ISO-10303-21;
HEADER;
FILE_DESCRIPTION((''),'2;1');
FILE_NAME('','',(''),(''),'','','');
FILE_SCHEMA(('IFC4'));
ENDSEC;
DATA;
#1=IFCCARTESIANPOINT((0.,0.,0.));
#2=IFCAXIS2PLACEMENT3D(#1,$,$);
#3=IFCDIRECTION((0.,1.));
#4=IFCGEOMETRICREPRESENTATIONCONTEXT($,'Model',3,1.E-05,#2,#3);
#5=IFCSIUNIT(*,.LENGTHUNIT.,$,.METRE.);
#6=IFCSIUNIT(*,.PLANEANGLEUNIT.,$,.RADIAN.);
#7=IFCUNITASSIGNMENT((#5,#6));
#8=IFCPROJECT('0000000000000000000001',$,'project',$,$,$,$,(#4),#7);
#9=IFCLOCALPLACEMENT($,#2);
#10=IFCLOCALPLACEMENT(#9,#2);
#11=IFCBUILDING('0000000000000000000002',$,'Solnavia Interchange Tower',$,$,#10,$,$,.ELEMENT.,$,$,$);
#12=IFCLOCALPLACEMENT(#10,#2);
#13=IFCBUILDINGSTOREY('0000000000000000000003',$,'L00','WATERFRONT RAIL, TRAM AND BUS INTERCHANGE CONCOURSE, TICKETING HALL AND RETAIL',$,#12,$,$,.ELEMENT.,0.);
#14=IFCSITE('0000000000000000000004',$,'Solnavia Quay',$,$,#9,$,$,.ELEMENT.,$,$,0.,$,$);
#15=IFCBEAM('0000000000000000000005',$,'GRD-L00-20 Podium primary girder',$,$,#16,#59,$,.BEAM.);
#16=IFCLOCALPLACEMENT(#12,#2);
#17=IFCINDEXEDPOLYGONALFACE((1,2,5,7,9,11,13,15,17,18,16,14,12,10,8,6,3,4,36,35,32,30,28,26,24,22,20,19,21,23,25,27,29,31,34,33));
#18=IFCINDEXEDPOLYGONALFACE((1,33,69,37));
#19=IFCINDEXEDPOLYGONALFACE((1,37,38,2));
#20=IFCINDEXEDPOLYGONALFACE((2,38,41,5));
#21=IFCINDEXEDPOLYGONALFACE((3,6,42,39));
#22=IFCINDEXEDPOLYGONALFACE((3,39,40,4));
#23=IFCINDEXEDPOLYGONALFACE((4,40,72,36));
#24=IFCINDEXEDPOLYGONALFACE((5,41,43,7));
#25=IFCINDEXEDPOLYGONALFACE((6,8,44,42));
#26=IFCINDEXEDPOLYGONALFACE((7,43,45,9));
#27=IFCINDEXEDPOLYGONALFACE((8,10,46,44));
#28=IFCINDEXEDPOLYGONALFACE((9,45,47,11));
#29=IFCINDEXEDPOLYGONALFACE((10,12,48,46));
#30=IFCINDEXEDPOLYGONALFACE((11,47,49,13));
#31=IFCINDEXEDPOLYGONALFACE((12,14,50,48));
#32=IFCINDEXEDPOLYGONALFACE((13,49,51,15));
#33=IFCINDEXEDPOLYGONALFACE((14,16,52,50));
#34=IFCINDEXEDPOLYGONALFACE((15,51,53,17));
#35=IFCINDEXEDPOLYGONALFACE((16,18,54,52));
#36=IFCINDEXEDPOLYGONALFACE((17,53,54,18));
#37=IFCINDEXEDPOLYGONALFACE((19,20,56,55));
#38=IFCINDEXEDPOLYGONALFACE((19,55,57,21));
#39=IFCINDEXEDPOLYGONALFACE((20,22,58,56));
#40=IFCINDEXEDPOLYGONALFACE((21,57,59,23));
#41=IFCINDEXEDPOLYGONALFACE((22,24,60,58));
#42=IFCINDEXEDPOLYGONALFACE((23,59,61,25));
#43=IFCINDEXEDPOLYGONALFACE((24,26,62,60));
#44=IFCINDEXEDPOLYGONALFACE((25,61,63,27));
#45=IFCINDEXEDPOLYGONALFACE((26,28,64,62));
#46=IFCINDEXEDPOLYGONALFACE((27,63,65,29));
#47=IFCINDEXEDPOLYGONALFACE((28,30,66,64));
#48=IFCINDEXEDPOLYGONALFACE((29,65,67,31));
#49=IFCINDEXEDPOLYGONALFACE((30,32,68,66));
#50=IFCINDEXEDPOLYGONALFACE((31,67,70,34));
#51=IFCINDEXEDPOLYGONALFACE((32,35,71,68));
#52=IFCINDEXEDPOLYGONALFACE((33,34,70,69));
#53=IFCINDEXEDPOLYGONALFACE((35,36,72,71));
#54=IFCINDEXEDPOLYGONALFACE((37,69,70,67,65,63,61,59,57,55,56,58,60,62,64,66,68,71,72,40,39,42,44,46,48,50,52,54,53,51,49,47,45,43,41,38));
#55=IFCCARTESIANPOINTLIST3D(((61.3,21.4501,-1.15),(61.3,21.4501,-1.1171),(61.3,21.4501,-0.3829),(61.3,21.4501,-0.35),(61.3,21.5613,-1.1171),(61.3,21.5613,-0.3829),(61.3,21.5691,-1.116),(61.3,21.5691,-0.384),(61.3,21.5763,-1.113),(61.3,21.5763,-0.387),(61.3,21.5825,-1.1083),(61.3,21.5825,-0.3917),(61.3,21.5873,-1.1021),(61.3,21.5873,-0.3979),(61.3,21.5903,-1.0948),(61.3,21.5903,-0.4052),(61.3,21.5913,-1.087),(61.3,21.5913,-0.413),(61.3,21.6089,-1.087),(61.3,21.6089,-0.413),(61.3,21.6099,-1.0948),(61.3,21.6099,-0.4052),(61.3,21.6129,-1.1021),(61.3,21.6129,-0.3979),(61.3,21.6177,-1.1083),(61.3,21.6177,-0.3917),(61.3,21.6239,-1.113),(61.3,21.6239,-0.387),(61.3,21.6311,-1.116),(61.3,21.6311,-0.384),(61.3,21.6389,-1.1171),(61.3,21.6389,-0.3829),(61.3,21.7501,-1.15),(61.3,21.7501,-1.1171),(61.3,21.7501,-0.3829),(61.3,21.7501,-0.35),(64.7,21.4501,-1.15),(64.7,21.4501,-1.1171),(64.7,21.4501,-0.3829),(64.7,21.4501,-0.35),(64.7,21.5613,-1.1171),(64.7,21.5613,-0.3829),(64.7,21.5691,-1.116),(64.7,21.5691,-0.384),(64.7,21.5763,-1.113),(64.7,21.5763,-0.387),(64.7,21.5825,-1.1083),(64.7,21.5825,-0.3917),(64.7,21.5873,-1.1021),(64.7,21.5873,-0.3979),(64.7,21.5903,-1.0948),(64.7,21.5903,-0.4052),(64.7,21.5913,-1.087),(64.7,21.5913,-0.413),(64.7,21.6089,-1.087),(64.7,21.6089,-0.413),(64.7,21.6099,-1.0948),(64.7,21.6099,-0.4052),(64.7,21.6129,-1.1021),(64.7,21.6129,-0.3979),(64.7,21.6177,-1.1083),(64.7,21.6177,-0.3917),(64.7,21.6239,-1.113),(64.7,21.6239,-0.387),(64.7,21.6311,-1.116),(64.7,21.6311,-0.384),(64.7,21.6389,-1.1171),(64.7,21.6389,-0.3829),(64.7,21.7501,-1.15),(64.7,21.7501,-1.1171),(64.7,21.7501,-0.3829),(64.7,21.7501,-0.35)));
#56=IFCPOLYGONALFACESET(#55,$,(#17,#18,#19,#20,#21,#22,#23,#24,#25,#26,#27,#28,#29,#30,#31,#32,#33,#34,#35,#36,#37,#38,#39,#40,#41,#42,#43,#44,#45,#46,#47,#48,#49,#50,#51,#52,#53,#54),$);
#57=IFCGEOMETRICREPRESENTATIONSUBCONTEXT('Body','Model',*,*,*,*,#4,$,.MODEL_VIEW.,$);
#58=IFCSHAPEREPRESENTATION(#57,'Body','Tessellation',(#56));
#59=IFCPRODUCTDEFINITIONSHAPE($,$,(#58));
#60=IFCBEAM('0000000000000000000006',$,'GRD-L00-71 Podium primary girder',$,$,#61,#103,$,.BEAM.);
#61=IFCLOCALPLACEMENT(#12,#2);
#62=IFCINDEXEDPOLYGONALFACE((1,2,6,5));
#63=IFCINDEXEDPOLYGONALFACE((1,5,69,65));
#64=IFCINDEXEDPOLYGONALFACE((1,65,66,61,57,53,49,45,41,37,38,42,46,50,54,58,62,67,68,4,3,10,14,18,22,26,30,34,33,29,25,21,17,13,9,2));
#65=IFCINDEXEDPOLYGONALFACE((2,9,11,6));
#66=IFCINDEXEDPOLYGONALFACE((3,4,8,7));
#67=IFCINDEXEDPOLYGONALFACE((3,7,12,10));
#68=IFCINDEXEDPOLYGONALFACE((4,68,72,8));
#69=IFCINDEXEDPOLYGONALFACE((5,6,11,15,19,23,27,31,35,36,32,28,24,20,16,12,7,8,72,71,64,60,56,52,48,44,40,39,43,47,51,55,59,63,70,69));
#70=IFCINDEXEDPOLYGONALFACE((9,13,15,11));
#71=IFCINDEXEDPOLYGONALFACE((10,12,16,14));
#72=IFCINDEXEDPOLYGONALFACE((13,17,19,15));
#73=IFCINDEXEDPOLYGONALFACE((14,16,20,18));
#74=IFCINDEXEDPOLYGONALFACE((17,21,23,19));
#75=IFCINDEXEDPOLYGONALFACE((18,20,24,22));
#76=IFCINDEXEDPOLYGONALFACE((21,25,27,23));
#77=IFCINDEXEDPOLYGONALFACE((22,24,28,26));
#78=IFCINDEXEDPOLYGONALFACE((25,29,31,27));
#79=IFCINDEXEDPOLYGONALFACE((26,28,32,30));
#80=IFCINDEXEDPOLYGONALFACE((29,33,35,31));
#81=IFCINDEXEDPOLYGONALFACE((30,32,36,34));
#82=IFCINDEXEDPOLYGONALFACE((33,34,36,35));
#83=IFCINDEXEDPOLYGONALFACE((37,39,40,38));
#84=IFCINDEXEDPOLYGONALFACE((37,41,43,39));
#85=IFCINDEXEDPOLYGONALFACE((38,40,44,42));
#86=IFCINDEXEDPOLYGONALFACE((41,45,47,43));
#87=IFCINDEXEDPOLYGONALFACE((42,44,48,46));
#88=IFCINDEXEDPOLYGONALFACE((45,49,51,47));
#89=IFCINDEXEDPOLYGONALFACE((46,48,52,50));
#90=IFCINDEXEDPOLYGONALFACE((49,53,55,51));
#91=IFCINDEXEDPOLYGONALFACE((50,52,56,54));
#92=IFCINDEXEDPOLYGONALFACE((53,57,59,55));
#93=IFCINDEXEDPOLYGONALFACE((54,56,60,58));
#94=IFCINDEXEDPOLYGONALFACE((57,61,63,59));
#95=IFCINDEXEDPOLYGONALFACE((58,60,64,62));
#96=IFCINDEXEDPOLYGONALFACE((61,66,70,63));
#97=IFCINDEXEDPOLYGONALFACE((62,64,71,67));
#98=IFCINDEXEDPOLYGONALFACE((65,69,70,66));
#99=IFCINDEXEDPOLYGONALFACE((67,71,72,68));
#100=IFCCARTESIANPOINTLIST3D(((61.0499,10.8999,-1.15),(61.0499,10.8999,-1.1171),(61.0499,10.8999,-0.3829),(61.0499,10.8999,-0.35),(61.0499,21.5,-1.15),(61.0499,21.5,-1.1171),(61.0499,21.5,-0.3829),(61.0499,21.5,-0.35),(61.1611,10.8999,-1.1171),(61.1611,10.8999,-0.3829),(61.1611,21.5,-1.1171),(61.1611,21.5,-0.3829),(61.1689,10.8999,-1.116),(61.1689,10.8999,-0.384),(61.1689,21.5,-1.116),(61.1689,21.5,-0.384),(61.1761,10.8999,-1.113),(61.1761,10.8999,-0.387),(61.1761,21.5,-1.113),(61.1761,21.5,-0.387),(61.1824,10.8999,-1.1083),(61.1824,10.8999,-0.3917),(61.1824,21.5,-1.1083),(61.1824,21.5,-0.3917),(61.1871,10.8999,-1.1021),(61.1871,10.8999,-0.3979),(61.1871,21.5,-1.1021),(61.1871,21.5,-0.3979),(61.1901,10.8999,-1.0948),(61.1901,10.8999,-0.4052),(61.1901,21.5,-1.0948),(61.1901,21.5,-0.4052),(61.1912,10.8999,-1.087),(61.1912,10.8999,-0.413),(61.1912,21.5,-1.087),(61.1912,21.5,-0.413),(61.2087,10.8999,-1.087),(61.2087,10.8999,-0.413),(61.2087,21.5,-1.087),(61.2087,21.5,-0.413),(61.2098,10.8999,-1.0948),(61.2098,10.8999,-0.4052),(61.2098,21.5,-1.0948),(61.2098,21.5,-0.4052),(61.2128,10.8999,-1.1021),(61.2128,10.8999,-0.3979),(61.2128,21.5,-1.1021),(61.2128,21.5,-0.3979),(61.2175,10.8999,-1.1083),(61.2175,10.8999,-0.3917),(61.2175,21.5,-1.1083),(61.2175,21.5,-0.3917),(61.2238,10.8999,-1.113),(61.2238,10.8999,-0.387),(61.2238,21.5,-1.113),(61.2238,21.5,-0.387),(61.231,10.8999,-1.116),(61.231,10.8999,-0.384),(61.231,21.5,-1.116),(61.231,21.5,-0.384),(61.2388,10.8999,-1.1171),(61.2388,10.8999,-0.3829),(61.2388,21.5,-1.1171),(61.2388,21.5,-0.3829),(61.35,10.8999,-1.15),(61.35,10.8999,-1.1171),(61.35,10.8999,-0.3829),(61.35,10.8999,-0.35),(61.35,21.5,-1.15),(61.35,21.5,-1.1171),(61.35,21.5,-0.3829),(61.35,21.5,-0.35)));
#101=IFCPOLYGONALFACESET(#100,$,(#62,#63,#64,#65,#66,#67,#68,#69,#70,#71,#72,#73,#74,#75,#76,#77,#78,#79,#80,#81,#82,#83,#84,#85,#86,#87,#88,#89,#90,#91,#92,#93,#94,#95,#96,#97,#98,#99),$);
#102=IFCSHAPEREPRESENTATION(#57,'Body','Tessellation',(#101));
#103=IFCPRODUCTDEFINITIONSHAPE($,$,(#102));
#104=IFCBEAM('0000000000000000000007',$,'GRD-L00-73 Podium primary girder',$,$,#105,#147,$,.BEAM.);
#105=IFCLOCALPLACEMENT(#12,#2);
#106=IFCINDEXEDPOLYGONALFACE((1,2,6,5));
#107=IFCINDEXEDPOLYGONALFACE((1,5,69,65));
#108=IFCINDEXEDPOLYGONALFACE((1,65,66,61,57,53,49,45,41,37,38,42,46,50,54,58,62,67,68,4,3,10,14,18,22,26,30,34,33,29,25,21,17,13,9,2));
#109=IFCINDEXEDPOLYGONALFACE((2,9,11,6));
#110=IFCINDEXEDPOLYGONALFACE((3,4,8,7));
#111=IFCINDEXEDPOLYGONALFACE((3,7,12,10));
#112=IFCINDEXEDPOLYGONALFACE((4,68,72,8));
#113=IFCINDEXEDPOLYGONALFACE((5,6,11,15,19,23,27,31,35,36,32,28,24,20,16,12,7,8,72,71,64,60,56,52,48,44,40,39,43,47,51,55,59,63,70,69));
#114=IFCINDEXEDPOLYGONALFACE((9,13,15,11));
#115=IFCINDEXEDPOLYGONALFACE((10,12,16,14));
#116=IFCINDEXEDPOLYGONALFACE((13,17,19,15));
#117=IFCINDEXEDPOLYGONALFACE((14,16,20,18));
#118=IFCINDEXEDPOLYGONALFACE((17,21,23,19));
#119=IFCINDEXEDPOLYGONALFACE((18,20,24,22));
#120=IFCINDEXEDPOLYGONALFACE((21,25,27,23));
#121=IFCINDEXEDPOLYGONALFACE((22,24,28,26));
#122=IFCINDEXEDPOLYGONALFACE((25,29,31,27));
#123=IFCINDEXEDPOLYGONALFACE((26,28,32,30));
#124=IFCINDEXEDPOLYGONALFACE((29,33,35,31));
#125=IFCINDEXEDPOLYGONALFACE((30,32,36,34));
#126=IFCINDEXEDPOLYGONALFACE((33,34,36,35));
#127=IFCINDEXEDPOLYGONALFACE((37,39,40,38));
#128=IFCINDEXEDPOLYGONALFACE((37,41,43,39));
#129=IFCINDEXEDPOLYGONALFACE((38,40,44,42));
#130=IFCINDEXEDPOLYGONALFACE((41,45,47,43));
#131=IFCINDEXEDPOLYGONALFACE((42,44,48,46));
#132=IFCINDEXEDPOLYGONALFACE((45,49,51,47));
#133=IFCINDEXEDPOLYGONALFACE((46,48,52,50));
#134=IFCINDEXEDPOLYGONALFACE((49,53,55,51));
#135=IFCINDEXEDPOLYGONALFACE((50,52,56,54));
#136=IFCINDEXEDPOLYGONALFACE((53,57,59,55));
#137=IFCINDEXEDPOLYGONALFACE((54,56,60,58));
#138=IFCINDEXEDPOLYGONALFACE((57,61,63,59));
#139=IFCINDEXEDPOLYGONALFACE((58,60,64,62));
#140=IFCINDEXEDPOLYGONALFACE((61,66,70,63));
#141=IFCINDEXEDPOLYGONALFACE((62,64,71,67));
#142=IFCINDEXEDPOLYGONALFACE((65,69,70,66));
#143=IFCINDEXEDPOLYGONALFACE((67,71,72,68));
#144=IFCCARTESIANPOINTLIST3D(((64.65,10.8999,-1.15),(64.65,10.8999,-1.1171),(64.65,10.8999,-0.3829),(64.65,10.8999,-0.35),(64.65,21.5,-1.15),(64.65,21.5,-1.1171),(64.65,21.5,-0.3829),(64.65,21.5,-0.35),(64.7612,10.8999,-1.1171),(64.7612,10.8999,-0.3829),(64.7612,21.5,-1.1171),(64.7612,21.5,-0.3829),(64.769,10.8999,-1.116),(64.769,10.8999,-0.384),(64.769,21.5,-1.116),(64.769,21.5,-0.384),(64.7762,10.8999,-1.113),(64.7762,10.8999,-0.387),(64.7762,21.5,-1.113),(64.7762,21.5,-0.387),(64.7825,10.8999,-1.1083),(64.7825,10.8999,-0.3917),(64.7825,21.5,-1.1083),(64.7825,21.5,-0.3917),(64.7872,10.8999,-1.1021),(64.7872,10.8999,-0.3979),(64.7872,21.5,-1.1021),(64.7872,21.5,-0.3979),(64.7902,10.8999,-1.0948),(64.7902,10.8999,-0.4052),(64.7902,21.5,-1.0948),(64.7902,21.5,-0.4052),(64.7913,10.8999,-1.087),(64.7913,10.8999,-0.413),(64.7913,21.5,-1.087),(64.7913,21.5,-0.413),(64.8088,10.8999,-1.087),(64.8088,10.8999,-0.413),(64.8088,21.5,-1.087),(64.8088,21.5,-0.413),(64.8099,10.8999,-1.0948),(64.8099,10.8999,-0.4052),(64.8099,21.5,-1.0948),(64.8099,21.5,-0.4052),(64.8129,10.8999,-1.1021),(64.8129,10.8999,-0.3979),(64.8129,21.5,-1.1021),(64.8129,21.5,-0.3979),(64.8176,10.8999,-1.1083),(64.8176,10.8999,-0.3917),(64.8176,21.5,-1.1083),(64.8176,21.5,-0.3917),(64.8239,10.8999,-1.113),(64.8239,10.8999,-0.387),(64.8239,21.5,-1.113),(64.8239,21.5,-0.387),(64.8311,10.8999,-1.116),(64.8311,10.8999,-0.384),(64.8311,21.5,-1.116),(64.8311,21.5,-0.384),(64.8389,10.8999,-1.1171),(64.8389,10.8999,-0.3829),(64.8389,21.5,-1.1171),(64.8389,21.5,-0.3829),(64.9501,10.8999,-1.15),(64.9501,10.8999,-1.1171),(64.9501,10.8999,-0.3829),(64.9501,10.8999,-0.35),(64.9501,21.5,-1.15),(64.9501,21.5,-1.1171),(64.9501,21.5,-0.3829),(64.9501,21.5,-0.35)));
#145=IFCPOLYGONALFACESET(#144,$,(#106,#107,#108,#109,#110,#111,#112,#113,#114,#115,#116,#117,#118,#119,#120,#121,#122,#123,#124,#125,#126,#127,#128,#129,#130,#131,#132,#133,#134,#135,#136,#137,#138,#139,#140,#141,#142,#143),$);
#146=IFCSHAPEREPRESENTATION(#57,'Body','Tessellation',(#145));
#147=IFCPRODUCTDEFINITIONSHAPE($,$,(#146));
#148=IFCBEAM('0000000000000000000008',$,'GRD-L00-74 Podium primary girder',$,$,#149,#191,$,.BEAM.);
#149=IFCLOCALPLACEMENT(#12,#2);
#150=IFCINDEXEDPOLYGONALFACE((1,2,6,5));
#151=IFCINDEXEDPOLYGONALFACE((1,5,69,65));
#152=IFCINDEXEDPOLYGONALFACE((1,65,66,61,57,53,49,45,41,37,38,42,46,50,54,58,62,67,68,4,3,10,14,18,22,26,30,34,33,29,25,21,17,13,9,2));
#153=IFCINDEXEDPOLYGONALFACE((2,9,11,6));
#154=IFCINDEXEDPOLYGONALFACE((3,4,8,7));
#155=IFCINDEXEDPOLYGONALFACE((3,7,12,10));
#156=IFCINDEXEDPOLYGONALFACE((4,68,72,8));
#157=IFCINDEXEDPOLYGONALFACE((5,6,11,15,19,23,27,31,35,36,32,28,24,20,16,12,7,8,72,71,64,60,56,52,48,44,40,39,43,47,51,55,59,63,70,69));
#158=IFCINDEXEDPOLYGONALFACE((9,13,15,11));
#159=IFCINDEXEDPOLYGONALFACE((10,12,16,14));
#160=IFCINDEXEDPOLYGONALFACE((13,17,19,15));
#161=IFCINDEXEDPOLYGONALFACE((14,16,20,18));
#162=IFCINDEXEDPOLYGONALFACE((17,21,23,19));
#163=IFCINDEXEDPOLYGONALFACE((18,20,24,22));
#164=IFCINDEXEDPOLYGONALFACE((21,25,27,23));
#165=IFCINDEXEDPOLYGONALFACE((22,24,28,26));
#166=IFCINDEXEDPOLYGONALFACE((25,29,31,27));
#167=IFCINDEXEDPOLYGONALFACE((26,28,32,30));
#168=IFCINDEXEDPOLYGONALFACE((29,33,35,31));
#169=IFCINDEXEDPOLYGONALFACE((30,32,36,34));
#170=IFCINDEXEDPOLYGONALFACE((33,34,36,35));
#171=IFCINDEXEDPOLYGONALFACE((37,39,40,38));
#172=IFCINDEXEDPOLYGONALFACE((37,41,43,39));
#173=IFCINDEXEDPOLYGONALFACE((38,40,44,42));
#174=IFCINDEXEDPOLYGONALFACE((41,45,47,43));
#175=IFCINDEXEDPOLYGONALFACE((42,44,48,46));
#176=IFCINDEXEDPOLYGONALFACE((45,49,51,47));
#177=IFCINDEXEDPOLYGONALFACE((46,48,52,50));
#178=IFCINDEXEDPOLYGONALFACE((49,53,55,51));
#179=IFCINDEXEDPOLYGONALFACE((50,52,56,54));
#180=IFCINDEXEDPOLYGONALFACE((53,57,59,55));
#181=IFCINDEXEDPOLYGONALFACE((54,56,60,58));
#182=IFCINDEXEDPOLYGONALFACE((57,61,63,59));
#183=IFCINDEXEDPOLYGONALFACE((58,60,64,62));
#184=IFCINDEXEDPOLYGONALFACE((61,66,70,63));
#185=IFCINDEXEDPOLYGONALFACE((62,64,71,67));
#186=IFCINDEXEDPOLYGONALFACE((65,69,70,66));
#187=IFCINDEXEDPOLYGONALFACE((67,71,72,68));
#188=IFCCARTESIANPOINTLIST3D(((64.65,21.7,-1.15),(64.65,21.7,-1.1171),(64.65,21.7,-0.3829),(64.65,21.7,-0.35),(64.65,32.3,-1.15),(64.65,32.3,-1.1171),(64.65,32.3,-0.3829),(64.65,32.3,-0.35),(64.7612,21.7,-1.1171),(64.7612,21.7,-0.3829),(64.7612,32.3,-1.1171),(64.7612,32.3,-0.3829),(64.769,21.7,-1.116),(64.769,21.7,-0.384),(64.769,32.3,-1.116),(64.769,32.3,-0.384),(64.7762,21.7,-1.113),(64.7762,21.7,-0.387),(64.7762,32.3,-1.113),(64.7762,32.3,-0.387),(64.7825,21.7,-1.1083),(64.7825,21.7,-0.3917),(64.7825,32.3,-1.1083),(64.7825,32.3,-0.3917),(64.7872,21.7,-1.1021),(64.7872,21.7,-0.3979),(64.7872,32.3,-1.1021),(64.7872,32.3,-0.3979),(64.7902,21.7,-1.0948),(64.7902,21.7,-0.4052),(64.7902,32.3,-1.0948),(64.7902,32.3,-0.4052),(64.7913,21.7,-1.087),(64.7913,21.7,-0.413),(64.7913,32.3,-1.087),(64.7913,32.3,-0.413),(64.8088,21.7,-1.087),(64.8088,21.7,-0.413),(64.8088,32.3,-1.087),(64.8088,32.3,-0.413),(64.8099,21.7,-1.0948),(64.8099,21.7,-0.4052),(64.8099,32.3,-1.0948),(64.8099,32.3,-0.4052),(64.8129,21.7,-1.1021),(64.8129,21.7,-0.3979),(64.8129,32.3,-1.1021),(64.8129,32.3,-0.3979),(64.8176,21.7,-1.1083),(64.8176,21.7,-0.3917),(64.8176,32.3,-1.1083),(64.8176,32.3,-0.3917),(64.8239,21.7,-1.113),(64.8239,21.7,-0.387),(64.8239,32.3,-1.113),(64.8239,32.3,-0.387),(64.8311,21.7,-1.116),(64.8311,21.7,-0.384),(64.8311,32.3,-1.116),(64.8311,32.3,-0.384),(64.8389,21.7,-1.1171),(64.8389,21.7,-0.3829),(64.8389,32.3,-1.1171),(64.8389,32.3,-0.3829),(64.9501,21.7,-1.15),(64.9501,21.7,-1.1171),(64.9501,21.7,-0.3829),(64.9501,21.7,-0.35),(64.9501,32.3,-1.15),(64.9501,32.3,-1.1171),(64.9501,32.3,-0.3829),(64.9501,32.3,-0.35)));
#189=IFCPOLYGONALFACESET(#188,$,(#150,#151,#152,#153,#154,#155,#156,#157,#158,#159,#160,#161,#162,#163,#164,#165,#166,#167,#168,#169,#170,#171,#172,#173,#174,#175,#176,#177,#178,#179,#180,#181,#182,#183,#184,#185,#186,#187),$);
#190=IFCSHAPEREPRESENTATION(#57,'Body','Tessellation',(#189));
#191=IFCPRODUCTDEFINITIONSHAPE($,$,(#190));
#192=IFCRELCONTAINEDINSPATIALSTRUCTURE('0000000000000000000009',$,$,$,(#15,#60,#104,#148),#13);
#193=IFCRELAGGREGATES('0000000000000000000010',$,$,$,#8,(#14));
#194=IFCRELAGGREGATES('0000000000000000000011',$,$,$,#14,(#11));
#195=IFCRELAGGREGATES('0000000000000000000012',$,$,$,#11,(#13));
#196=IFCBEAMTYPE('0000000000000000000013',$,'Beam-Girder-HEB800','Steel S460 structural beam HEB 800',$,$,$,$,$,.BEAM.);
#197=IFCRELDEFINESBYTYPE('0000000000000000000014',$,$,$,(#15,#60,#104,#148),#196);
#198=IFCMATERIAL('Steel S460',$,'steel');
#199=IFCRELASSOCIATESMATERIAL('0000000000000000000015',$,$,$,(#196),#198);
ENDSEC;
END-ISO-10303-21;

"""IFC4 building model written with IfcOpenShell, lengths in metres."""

from ifc_helpers import new_model, si_unit, direction, frame, origin, origin_2d, place, context, subcontext, project, spatial, i_section, extrude, material, material_profile, profile_set, type_object, element, save


model = new_model("IFC4")

# Units and contexts
model_context = context("Model", 3, precision=1e-05, world=origin(), true_north=direction((0.0, 1.0)))
body_context = subcontext(model_context, "Body", "Model", "MODEL_VIEW")
ifc_project = project(units=[si_unit("LENGTHUNIT", "METRE"), si_unit("PLANEANGLEUNIT", "RADIAN")], contexts=[model_context])

# Site, building, storey
site_placement = place(None, origin())
site = spatial("IfcSite", under=ifc_project, at=site_placement, Name="Solnavia Quay", CompositionType="ELEMENT", RefElevation=0.0)
building_placement = place(site_placement, origin())
building = spatial("IfcBuilding", under=site, at=building_placement, Name="Solnavia Interchange Tower", CompositionType="ELEMENT")
storey_placement = place(building_placement, origin())
storey = spatial("IfcBuildingStorey", under=building, at=storey_placement, Name="L00", Description="WATERFRONT RAIL, TRAM AND BUS INTERCHANGE CONCOURSE, TICKETING HALL AND RETAIL", CompositionType="ELEMENT", Elevation=0.0)

# Beams
ifc_material_1 = material(Name="Steel S460", Category="steel")
ifc_material_profile_1 = material_profile(ifc_material_1, i_section(OverallWidth=0.3, OverallDepth=0.8, WebThickness=0.0176, FlangeThickness=0.033, FilletRadius=0.03, at=origin_2d()), Name="HEB 800")
ifc_profile_set_1 = profile_set([ifc_material_profile_1], Name="Steel S460")
beam_type = type_object("IfcBeamType", Name="Beam-Girder-HEB800", Description="Steel S460 structural beam HEB 800", PredefinedType="BEAM", material=ifc_profile_set_1)
beam_1_placement = place(storey_placement, frame((61.3, 21.6001, -0.75), z_axis=(1.0, 0.0, 0.0), x_axis=(0.0, 1.0, 0.0)))
element("IfcBeam", 1, at=beam_1_placement, inside=storey, type_object=beam_type, Name="GRD-L00-20 Podium primary girder", PredefinedType="BEAM", context=body_context, shape_type="SweptSolid", body=[
    extrude(i_section(OverallWidth=0.3, OverallDepth=0.8, WebThickness=0.0176, FlangeThickness=0.033, FilletRadius=0.03, at=origin_2d()), origin(), (0.0, 0.0, 1.0), 3.3999),
])
for number, where, z_axis, x_axis, name in (
    (2, (61.2, 10.8999, -0.75), (0.0, 1.0, 0.0), (-1.0, 0.0, 0.0), "GRD-L00-71 Podium primary girder"),
    (3, (64.8, 10.8999, -0.75), (0.0, 1.0, 0.0), (-1.0, 0.0, 0.0), "GRD-L00-73 Podium primary girder"),
    (4, (64.8, 21.7, -0.75), (0.0, 1.0, 0.0), (-1.0, 0.0, 0.0), "GRD-L00-74 Podium primary girder"),
):
    element("IfcBeam", number, at=place(storey_placement, frame(where, z_axis=z_axis, x_axis=x_axis)), inside=storey, type_object=beam_type, Name=name, PredefinedType="BEAM", context=body_context, shape_type="SweptSolid", body=[
        extrude(i_section(OverallWidth=0.3, OverallDepth=0.8, WebThickness=0.0176, FlangeThickness=0.033, FilletRadius=0.03, at=origin_2d()), origin(), (0.0, 0.0, 1.0), 10.6001),
    ])

save(model, "model.ifc")
